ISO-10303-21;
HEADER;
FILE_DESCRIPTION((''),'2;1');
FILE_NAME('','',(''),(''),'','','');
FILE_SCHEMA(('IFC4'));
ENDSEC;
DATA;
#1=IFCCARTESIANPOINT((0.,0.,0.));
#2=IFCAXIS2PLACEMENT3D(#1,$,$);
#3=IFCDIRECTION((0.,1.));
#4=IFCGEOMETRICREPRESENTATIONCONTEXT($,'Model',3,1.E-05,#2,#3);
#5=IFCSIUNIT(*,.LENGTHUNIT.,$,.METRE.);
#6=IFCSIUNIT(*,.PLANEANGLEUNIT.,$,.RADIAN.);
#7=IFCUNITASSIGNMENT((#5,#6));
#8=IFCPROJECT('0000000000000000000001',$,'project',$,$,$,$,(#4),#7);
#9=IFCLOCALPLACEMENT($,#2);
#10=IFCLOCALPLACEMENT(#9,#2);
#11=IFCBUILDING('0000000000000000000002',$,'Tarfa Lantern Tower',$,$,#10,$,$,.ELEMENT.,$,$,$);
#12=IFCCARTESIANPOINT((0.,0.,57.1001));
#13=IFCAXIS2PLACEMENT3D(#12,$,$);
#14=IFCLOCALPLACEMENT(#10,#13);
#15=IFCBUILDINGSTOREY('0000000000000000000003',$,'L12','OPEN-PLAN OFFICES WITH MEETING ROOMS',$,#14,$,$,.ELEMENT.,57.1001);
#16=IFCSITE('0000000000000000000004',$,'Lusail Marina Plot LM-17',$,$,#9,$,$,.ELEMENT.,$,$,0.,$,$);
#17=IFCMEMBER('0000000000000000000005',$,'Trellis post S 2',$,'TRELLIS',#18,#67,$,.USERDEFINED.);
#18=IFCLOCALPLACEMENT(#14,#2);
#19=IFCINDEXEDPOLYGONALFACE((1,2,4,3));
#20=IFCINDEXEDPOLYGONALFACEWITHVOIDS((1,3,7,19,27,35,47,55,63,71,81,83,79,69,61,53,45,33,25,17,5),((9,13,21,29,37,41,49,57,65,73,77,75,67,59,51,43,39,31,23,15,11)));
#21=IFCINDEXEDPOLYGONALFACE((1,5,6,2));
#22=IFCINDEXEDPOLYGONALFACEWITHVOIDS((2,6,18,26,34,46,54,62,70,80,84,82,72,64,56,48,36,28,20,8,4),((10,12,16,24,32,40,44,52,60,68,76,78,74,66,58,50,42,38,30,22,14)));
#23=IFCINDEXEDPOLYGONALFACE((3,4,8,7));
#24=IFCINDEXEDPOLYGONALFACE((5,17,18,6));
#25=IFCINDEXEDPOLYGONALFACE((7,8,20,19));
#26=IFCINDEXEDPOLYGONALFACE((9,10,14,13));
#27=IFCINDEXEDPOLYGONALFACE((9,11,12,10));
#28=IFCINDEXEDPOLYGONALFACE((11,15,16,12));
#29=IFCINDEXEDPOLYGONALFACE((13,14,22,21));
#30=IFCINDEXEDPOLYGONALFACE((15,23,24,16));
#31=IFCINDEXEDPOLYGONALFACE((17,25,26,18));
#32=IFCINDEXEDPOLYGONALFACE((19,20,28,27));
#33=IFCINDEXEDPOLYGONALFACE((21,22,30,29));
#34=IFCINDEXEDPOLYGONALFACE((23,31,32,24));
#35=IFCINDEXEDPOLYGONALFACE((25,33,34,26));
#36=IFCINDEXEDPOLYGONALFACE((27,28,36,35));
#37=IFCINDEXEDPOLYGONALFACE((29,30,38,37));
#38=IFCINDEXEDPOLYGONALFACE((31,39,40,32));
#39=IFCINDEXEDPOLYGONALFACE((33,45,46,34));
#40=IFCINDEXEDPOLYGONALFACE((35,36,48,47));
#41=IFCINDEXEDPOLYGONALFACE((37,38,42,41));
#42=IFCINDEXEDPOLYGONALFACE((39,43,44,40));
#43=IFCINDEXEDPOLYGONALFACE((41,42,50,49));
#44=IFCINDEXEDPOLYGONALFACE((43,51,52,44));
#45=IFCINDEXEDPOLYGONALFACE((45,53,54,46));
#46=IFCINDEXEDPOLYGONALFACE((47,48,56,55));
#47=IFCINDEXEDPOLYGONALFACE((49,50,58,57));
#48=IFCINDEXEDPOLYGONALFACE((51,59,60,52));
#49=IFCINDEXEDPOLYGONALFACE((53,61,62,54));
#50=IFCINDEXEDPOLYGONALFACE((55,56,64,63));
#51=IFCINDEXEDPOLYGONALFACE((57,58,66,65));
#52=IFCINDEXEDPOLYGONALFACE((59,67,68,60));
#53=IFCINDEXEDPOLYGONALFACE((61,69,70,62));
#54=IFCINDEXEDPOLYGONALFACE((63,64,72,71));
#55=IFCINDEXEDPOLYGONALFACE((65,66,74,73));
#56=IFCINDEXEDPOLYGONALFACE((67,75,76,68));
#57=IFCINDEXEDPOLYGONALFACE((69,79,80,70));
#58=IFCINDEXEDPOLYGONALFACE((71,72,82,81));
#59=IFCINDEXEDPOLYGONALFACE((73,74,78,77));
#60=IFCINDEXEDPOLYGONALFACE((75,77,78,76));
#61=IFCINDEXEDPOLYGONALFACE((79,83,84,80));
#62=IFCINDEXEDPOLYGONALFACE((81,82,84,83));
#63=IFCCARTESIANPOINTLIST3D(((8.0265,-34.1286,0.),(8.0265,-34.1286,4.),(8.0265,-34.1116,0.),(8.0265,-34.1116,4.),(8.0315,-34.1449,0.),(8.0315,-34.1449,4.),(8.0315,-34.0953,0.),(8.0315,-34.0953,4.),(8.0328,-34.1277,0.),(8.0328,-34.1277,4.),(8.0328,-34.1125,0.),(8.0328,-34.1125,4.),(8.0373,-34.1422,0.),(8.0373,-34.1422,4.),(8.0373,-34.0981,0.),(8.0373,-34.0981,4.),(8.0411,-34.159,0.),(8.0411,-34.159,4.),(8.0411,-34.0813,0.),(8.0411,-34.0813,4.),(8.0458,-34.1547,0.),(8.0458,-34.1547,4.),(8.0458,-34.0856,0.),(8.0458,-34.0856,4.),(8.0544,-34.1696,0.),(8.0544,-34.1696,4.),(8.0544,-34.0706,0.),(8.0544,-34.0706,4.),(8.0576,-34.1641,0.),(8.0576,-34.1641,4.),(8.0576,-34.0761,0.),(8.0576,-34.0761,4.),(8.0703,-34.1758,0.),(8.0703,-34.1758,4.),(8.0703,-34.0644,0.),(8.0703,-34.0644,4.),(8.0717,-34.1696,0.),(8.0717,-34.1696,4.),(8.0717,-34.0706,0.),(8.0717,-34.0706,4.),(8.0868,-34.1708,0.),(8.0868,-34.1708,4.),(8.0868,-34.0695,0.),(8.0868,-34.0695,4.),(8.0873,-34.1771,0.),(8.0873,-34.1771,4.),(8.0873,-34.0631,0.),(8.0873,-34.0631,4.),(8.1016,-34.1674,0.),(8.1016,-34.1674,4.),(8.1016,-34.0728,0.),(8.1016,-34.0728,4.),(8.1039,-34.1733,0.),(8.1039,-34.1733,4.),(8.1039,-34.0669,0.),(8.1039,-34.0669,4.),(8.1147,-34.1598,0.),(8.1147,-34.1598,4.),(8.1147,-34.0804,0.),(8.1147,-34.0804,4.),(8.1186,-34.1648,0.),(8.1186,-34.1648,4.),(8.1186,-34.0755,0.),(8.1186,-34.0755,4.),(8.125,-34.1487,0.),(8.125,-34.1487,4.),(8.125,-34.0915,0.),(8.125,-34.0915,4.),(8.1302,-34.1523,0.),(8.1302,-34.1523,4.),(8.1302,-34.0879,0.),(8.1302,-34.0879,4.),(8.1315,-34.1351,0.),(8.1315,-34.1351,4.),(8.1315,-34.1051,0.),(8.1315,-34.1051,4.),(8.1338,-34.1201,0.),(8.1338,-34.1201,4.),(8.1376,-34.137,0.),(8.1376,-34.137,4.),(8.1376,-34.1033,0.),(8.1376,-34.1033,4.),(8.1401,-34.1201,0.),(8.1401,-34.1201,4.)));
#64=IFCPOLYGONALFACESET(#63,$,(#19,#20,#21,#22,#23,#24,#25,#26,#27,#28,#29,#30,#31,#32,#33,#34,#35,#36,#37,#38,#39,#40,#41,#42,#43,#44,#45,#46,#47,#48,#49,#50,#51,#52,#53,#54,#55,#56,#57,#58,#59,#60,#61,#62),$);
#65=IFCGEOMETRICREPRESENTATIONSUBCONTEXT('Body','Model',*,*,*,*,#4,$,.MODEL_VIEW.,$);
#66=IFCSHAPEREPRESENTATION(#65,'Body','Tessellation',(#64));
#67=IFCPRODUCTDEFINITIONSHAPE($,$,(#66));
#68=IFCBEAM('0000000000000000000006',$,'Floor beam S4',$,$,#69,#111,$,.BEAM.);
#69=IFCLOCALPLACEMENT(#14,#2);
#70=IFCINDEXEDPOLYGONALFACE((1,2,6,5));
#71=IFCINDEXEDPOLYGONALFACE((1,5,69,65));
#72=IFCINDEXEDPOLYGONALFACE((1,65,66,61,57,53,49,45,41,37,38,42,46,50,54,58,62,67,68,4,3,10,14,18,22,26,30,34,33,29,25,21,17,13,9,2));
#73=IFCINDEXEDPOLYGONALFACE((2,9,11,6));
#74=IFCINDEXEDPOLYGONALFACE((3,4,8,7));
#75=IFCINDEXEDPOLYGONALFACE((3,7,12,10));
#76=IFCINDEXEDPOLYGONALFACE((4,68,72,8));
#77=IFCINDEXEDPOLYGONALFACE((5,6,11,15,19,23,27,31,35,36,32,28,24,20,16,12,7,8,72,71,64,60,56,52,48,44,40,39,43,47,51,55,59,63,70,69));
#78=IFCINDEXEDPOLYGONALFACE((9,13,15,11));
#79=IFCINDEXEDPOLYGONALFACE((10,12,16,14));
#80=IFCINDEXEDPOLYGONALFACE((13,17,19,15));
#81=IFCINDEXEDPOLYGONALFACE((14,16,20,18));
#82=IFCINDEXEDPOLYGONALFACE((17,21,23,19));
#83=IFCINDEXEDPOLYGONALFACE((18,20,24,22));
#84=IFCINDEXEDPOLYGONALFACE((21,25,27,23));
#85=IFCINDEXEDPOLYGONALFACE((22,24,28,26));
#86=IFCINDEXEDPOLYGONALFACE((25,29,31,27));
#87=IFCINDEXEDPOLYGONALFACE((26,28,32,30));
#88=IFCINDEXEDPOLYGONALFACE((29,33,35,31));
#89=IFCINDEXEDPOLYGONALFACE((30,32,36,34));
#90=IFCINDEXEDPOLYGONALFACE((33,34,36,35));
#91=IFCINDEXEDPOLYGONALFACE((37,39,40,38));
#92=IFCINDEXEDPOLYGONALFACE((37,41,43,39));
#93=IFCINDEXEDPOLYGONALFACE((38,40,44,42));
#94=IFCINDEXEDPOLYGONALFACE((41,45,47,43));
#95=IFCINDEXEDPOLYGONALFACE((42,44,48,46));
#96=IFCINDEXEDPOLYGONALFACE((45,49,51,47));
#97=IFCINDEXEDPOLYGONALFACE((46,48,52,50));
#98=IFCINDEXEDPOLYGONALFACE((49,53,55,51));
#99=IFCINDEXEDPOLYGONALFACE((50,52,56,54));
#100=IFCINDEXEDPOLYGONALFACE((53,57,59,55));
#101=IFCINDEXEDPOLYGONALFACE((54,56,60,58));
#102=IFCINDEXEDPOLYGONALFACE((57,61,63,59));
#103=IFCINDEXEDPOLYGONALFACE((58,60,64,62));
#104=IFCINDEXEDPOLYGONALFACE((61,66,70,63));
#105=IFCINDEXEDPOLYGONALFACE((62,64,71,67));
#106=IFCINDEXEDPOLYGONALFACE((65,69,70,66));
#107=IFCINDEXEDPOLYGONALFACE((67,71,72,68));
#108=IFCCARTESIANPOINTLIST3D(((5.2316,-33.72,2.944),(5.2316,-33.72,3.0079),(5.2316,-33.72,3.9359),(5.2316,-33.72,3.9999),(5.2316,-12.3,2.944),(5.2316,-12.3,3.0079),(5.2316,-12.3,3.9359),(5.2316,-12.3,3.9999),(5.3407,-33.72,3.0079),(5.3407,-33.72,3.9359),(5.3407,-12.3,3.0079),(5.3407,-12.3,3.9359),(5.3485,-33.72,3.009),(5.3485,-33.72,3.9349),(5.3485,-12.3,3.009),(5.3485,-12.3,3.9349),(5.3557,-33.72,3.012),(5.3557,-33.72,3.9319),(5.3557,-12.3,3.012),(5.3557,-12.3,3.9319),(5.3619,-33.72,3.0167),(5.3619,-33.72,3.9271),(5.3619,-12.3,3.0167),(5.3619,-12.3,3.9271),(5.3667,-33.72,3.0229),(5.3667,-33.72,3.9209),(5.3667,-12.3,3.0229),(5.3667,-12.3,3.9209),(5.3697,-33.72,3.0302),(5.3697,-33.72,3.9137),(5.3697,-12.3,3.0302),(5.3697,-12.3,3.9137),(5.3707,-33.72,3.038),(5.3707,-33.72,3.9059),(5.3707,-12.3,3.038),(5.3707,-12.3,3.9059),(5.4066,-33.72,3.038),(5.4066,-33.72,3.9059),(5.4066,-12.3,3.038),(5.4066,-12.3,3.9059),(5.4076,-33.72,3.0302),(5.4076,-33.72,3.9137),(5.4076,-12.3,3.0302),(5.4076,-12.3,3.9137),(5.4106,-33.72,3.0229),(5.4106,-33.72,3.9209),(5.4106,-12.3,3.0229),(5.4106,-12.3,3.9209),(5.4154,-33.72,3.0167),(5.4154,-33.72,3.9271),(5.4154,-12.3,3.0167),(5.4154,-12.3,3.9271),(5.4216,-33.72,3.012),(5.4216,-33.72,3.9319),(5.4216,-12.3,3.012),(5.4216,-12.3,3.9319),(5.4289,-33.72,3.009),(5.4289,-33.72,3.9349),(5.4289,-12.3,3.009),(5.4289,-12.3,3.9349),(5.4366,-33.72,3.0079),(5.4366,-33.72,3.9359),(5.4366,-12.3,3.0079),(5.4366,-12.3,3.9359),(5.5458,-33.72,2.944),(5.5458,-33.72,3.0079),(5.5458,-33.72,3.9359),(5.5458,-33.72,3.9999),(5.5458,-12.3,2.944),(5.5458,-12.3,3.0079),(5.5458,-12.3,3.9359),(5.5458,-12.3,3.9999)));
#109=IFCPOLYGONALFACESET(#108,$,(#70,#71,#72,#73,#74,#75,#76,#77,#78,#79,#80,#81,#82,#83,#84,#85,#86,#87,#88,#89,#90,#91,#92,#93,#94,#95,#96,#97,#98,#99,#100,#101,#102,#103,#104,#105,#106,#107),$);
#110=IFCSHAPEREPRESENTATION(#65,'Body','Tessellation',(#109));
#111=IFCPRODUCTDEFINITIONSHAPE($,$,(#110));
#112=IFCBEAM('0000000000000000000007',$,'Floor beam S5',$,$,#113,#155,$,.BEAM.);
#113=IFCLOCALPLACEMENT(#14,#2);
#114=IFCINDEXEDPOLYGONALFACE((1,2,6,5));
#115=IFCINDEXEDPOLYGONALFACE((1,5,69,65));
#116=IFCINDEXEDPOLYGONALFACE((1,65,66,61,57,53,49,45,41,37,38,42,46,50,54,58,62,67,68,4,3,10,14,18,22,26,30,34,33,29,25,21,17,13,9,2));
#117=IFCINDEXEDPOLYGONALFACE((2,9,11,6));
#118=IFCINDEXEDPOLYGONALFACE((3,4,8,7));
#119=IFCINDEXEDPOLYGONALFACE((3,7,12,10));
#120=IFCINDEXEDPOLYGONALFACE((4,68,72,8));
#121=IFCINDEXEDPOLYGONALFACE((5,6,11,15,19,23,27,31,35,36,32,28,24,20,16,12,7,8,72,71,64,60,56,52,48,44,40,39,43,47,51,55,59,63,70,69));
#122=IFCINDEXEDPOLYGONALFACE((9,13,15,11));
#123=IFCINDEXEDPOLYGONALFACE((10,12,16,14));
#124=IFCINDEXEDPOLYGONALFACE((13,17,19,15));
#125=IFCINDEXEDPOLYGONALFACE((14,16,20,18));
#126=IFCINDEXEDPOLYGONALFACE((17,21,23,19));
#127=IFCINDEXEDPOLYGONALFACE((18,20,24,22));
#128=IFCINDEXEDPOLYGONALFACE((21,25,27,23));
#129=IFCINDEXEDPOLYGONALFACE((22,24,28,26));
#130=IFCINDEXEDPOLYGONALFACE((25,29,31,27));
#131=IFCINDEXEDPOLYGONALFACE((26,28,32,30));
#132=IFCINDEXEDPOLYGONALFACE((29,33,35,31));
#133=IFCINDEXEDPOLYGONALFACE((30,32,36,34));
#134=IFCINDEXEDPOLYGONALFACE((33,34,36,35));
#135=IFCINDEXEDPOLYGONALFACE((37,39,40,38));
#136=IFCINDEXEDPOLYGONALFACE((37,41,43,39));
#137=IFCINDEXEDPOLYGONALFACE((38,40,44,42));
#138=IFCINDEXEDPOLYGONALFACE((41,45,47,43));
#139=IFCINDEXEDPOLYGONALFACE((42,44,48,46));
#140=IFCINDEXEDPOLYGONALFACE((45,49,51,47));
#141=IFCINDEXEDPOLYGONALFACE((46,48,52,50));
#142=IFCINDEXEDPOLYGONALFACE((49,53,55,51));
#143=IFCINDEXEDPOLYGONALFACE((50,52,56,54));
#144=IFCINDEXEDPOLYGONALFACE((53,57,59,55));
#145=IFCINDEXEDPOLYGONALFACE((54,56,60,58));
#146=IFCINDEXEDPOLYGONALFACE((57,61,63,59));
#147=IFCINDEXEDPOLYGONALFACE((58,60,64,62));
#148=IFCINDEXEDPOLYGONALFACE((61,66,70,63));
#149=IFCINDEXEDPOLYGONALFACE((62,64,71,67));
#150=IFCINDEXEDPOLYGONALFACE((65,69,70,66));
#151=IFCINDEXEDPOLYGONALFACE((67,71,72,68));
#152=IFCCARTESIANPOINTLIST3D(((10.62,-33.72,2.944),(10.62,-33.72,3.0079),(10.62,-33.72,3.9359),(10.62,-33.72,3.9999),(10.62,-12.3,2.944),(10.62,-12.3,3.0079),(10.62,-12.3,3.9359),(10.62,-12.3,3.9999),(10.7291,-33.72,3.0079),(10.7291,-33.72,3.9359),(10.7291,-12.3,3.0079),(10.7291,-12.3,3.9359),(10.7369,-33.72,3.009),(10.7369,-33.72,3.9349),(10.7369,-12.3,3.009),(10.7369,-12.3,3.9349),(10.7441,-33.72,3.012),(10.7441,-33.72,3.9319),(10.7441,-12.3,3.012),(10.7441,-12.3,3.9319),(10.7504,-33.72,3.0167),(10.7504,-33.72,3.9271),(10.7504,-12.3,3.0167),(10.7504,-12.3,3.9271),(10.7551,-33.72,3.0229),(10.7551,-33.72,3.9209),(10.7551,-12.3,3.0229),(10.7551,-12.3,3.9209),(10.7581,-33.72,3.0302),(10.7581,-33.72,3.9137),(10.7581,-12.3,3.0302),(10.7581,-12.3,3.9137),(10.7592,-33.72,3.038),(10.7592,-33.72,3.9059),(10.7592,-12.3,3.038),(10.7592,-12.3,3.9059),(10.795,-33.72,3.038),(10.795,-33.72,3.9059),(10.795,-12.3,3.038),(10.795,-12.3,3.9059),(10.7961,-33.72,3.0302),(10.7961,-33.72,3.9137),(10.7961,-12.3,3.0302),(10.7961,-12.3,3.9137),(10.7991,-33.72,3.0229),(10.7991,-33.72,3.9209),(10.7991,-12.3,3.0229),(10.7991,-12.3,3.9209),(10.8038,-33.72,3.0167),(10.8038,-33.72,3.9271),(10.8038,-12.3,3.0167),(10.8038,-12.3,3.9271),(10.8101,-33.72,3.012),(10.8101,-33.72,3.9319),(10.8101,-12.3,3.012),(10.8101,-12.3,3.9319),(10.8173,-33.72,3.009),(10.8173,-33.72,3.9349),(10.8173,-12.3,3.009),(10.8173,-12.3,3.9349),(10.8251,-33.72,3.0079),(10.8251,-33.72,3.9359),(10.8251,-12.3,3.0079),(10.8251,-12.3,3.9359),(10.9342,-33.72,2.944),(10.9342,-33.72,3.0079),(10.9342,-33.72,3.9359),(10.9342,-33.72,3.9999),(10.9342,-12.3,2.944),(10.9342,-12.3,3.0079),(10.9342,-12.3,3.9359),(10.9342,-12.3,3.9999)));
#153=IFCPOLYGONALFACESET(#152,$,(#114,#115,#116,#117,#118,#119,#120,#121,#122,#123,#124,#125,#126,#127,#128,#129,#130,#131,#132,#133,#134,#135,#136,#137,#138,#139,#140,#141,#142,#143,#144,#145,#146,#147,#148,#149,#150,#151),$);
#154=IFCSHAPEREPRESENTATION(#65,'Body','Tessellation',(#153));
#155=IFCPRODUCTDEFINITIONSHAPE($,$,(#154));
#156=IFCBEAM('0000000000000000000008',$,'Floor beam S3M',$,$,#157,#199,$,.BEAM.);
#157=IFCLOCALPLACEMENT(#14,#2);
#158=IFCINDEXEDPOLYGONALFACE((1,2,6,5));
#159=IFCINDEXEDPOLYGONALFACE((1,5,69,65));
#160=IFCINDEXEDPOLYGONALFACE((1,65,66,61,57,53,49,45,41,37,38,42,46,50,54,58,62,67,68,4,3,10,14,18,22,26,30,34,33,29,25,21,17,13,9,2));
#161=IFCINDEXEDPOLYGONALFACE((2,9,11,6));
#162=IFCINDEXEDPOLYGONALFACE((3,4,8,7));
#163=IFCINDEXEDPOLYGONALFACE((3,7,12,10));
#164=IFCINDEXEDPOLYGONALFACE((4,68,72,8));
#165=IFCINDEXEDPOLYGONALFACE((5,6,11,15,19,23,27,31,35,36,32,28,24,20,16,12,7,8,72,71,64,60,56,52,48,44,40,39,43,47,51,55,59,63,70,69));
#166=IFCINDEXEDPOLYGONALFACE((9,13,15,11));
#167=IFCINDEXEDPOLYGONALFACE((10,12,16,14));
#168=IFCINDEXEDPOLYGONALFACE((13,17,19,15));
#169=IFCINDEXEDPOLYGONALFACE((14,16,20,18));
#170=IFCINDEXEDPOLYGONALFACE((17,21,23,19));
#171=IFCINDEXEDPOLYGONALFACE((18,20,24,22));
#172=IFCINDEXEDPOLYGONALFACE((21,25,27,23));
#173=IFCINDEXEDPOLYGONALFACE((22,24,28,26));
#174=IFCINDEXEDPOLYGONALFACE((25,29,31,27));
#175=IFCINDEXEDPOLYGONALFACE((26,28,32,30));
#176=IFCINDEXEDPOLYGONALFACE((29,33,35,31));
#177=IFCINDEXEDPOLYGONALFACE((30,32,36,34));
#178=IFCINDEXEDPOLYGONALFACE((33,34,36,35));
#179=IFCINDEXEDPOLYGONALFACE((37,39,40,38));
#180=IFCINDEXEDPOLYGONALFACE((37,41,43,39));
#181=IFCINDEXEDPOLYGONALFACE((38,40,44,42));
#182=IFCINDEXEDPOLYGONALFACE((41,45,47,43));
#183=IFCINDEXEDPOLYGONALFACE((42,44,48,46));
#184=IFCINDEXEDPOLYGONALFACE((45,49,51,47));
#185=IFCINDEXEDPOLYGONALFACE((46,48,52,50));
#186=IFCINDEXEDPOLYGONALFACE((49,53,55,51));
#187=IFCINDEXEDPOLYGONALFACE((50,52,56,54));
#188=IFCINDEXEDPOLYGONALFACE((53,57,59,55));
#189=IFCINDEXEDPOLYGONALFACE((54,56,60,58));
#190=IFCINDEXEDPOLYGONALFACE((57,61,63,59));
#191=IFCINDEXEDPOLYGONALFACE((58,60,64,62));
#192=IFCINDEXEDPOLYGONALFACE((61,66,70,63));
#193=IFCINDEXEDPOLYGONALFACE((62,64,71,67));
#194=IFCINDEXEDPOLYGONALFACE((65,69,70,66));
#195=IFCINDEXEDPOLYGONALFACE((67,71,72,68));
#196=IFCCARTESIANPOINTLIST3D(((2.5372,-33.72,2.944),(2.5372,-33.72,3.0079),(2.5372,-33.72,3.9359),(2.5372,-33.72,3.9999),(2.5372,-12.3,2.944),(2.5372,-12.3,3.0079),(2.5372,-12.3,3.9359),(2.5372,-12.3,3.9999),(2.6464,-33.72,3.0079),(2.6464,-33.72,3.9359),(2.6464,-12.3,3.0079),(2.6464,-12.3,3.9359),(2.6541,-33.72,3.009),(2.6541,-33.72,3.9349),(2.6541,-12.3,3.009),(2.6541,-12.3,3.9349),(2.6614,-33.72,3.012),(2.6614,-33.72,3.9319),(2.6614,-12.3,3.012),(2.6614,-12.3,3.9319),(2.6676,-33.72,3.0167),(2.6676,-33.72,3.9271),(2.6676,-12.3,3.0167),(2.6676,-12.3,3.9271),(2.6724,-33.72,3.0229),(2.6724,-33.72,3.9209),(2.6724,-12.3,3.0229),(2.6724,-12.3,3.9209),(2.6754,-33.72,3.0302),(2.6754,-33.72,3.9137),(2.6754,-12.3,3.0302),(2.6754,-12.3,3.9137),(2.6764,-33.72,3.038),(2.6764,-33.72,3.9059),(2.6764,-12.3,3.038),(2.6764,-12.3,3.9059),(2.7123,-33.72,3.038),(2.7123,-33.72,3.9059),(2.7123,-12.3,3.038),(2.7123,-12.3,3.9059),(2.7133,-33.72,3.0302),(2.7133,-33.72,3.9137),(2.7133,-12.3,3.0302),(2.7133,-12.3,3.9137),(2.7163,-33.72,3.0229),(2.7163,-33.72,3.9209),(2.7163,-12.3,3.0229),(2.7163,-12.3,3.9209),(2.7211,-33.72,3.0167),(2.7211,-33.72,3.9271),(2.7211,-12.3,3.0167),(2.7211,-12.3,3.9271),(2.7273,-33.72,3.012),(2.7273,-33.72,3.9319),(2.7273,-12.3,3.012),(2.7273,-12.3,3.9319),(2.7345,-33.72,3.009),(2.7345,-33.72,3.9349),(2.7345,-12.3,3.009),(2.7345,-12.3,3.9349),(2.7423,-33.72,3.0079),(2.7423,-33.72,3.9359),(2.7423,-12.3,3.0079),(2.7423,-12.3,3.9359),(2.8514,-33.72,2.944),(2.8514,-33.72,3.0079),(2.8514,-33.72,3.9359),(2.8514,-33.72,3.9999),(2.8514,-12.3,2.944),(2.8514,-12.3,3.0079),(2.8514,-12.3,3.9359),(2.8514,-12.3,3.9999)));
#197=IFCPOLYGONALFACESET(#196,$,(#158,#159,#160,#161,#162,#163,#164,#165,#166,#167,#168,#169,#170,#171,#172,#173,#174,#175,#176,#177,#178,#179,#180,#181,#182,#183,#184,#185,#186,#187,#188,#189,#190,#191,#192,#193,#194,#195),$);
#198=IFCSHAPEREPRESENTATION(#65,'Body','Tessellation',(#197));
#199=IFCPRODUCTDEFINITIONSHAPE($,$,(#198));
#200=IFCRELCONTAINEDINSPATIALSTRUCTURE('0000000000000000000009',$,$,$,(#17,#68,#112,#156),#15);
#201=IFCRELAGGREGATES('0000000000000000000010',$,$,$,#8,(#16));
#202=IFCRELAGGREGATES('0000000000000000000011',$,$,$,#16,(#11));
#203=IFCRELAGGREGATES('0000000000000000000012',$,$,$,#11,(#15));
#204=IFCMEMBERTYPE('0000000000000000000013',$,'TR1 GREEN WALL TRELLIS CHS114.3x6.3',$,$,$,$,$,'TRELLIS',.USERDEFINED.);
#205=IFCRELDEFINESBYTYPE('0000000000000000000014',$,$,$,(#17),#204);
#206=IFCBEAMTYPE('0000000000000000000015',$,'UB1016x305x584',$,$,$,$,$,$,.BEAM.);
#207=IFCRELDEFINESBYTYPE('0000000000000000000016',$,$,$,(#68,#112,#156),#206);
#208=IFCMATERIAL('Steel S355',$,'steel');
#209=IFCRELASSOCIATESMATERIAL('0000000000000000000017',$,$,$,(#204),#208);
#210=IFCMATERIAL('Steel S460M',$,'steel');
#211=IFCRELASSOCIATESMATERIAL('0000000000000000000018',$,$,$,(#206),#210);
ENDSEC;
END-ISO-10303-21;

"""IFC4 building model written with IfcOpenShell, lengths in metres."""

from ifc_helpers import new_model, si_unit, direction, frame, origin, origin_2d, place, context, subcontext, project, spatial, hollow_circle, i_section, extrude, material, material_profile, profile_set, type_object, element, save


model = new_model("IFC4")

# Units and contexts
model_context = context("Model", 3, precision=1e-05, world=origin(), true_north=direction((0.0, 1.0)))
body_context = subcontext(model_context, "Body", "Model", "MODEL_VIEW")
ifc_project = project(units=[si_unit("LENGTHUNIT", "METRE"), si_unit("PLANEANGLEUNIT", "RADIAN")], contexts=[model_context])

# Site, building, storey
site_placement = place(None, origin())
site = spatial("IfcSite", under=ifc_project, at=site_placement, Name="Lusail Marina Plot LM-17", CompositionType="ELEMENT", RefElevation=0.0)
building_placement = place(site_placement, origin())
building = spatial("IfcBuilding", under=site, at=building_placement, Name="Tarfa Lantern Tower", CompositionType="ELEMENT")
storey_placement = place(building_placement, frame((0.0, 0.0, 57.1001)))
storey = spatial("IfcBuildingStorey", under=building, at=storey_placement, Name="L12", Description="OPEN-PLAN OFFICES WITH MEETING ROOMS", CompositionType="ELEMENT", Elevation=57.1001)

# Member
ifc_material_1 = material(Name="Steel S355", Category="steel")
ifc_material_profile_1 = material_profile(ifc_material_1, hollow_circle(Radius=0.0571, WallThickness=0.0063, at=origin_2d()), Name="CHS114.3x6.3")
ifc_profile_set_1 = profile_set([ifc_material_profile_1], Name="Steel S355")
member_type_1 = type_object("IfcMemberType", Name="TR1 GREEN WALL TRELLIS CHS114.3x6.3", ElementType="TRELLIS", PredefinedType="USERDEFINED", material=ifc_profile_set_1)
member_1_placement = place(storey_placement, frame((8.083, -34.1201, 0.0), z_axis=(0.0, 0.0, 1.0), x_axis=(1.0, 0.0, 0.0)))
element("IfcMember", 1, at=member_1_placement, inside=storey, type_object=member_type_1, Name="Trellis post S 2", ObjectType="TRELLIS", PredefinedType="USERDEFINED", context=body_context, shape_type="SweptSolid", body=[
    extrude(hollow_circle(Radius=0.0571, WallThickness=0.0063, at=origin_2d()), origin(), (0.0, 0.0, 1.0), 4.0),
])

# Beams
ifc_material_2 = material(Name="Steel S460M", Category="steel")
ifc_material_profile_2 = material_profile(ifc_material_2, i_section(OverallWidth=0.3142, OverallDepth=1.0559, WebThickness=0.0359, FlangeThickness=0.064, FilletRadius=0.03, at=origin_2d()), Name="UB1016x305x584")
ifc_profile_set_2 = profile_set([ifc_material_profile_2], Name="Steel S460M")
beam_type_1 = type_object("IfcBeamType", Name="UB1016x305x584", PredefinedType="BEAM", material=ifc_profile_set_2)
for number, where, z_axis, x_axis, name in (
    (2, (5.3887, -33.72, 3.4719), (0.0, 1.0, 0.0), (-1.0, 0.0, 0.0), "Floor beam S4"),
    (3, (10.7771, -33.72, 3.4719), (0.0, 1.0, 0.0), (-1.0, 0.0, 0.0), "Floor beam S5"),
    (4, (2.6943, -33.72, 3.4719), (0.0, 1.0, 0.0), (-1.0, 0.0, 0.0), "Floor beam S3M"),
):
    element("IfcBeam", number, at=place(storey_placement, frame(where, z_axis=z_axis, x_axis=x_axis)), inside=storey, type_object=beam_type_1, Name=name, PredefinedType="BEAM", context=body_context, shape_type="SweptSolid", body=[
        extrude(i_section(OverallWidth=0.3142, OverallDepth=1.0559, WebThickness=0.0359, FlangeThickness=0.064, FilletRadius=0.03, at=origin_2d()), origin(), (0.0, 0.0, 1.0), 21.4199),
    ])

save(model, "model.ifc")
